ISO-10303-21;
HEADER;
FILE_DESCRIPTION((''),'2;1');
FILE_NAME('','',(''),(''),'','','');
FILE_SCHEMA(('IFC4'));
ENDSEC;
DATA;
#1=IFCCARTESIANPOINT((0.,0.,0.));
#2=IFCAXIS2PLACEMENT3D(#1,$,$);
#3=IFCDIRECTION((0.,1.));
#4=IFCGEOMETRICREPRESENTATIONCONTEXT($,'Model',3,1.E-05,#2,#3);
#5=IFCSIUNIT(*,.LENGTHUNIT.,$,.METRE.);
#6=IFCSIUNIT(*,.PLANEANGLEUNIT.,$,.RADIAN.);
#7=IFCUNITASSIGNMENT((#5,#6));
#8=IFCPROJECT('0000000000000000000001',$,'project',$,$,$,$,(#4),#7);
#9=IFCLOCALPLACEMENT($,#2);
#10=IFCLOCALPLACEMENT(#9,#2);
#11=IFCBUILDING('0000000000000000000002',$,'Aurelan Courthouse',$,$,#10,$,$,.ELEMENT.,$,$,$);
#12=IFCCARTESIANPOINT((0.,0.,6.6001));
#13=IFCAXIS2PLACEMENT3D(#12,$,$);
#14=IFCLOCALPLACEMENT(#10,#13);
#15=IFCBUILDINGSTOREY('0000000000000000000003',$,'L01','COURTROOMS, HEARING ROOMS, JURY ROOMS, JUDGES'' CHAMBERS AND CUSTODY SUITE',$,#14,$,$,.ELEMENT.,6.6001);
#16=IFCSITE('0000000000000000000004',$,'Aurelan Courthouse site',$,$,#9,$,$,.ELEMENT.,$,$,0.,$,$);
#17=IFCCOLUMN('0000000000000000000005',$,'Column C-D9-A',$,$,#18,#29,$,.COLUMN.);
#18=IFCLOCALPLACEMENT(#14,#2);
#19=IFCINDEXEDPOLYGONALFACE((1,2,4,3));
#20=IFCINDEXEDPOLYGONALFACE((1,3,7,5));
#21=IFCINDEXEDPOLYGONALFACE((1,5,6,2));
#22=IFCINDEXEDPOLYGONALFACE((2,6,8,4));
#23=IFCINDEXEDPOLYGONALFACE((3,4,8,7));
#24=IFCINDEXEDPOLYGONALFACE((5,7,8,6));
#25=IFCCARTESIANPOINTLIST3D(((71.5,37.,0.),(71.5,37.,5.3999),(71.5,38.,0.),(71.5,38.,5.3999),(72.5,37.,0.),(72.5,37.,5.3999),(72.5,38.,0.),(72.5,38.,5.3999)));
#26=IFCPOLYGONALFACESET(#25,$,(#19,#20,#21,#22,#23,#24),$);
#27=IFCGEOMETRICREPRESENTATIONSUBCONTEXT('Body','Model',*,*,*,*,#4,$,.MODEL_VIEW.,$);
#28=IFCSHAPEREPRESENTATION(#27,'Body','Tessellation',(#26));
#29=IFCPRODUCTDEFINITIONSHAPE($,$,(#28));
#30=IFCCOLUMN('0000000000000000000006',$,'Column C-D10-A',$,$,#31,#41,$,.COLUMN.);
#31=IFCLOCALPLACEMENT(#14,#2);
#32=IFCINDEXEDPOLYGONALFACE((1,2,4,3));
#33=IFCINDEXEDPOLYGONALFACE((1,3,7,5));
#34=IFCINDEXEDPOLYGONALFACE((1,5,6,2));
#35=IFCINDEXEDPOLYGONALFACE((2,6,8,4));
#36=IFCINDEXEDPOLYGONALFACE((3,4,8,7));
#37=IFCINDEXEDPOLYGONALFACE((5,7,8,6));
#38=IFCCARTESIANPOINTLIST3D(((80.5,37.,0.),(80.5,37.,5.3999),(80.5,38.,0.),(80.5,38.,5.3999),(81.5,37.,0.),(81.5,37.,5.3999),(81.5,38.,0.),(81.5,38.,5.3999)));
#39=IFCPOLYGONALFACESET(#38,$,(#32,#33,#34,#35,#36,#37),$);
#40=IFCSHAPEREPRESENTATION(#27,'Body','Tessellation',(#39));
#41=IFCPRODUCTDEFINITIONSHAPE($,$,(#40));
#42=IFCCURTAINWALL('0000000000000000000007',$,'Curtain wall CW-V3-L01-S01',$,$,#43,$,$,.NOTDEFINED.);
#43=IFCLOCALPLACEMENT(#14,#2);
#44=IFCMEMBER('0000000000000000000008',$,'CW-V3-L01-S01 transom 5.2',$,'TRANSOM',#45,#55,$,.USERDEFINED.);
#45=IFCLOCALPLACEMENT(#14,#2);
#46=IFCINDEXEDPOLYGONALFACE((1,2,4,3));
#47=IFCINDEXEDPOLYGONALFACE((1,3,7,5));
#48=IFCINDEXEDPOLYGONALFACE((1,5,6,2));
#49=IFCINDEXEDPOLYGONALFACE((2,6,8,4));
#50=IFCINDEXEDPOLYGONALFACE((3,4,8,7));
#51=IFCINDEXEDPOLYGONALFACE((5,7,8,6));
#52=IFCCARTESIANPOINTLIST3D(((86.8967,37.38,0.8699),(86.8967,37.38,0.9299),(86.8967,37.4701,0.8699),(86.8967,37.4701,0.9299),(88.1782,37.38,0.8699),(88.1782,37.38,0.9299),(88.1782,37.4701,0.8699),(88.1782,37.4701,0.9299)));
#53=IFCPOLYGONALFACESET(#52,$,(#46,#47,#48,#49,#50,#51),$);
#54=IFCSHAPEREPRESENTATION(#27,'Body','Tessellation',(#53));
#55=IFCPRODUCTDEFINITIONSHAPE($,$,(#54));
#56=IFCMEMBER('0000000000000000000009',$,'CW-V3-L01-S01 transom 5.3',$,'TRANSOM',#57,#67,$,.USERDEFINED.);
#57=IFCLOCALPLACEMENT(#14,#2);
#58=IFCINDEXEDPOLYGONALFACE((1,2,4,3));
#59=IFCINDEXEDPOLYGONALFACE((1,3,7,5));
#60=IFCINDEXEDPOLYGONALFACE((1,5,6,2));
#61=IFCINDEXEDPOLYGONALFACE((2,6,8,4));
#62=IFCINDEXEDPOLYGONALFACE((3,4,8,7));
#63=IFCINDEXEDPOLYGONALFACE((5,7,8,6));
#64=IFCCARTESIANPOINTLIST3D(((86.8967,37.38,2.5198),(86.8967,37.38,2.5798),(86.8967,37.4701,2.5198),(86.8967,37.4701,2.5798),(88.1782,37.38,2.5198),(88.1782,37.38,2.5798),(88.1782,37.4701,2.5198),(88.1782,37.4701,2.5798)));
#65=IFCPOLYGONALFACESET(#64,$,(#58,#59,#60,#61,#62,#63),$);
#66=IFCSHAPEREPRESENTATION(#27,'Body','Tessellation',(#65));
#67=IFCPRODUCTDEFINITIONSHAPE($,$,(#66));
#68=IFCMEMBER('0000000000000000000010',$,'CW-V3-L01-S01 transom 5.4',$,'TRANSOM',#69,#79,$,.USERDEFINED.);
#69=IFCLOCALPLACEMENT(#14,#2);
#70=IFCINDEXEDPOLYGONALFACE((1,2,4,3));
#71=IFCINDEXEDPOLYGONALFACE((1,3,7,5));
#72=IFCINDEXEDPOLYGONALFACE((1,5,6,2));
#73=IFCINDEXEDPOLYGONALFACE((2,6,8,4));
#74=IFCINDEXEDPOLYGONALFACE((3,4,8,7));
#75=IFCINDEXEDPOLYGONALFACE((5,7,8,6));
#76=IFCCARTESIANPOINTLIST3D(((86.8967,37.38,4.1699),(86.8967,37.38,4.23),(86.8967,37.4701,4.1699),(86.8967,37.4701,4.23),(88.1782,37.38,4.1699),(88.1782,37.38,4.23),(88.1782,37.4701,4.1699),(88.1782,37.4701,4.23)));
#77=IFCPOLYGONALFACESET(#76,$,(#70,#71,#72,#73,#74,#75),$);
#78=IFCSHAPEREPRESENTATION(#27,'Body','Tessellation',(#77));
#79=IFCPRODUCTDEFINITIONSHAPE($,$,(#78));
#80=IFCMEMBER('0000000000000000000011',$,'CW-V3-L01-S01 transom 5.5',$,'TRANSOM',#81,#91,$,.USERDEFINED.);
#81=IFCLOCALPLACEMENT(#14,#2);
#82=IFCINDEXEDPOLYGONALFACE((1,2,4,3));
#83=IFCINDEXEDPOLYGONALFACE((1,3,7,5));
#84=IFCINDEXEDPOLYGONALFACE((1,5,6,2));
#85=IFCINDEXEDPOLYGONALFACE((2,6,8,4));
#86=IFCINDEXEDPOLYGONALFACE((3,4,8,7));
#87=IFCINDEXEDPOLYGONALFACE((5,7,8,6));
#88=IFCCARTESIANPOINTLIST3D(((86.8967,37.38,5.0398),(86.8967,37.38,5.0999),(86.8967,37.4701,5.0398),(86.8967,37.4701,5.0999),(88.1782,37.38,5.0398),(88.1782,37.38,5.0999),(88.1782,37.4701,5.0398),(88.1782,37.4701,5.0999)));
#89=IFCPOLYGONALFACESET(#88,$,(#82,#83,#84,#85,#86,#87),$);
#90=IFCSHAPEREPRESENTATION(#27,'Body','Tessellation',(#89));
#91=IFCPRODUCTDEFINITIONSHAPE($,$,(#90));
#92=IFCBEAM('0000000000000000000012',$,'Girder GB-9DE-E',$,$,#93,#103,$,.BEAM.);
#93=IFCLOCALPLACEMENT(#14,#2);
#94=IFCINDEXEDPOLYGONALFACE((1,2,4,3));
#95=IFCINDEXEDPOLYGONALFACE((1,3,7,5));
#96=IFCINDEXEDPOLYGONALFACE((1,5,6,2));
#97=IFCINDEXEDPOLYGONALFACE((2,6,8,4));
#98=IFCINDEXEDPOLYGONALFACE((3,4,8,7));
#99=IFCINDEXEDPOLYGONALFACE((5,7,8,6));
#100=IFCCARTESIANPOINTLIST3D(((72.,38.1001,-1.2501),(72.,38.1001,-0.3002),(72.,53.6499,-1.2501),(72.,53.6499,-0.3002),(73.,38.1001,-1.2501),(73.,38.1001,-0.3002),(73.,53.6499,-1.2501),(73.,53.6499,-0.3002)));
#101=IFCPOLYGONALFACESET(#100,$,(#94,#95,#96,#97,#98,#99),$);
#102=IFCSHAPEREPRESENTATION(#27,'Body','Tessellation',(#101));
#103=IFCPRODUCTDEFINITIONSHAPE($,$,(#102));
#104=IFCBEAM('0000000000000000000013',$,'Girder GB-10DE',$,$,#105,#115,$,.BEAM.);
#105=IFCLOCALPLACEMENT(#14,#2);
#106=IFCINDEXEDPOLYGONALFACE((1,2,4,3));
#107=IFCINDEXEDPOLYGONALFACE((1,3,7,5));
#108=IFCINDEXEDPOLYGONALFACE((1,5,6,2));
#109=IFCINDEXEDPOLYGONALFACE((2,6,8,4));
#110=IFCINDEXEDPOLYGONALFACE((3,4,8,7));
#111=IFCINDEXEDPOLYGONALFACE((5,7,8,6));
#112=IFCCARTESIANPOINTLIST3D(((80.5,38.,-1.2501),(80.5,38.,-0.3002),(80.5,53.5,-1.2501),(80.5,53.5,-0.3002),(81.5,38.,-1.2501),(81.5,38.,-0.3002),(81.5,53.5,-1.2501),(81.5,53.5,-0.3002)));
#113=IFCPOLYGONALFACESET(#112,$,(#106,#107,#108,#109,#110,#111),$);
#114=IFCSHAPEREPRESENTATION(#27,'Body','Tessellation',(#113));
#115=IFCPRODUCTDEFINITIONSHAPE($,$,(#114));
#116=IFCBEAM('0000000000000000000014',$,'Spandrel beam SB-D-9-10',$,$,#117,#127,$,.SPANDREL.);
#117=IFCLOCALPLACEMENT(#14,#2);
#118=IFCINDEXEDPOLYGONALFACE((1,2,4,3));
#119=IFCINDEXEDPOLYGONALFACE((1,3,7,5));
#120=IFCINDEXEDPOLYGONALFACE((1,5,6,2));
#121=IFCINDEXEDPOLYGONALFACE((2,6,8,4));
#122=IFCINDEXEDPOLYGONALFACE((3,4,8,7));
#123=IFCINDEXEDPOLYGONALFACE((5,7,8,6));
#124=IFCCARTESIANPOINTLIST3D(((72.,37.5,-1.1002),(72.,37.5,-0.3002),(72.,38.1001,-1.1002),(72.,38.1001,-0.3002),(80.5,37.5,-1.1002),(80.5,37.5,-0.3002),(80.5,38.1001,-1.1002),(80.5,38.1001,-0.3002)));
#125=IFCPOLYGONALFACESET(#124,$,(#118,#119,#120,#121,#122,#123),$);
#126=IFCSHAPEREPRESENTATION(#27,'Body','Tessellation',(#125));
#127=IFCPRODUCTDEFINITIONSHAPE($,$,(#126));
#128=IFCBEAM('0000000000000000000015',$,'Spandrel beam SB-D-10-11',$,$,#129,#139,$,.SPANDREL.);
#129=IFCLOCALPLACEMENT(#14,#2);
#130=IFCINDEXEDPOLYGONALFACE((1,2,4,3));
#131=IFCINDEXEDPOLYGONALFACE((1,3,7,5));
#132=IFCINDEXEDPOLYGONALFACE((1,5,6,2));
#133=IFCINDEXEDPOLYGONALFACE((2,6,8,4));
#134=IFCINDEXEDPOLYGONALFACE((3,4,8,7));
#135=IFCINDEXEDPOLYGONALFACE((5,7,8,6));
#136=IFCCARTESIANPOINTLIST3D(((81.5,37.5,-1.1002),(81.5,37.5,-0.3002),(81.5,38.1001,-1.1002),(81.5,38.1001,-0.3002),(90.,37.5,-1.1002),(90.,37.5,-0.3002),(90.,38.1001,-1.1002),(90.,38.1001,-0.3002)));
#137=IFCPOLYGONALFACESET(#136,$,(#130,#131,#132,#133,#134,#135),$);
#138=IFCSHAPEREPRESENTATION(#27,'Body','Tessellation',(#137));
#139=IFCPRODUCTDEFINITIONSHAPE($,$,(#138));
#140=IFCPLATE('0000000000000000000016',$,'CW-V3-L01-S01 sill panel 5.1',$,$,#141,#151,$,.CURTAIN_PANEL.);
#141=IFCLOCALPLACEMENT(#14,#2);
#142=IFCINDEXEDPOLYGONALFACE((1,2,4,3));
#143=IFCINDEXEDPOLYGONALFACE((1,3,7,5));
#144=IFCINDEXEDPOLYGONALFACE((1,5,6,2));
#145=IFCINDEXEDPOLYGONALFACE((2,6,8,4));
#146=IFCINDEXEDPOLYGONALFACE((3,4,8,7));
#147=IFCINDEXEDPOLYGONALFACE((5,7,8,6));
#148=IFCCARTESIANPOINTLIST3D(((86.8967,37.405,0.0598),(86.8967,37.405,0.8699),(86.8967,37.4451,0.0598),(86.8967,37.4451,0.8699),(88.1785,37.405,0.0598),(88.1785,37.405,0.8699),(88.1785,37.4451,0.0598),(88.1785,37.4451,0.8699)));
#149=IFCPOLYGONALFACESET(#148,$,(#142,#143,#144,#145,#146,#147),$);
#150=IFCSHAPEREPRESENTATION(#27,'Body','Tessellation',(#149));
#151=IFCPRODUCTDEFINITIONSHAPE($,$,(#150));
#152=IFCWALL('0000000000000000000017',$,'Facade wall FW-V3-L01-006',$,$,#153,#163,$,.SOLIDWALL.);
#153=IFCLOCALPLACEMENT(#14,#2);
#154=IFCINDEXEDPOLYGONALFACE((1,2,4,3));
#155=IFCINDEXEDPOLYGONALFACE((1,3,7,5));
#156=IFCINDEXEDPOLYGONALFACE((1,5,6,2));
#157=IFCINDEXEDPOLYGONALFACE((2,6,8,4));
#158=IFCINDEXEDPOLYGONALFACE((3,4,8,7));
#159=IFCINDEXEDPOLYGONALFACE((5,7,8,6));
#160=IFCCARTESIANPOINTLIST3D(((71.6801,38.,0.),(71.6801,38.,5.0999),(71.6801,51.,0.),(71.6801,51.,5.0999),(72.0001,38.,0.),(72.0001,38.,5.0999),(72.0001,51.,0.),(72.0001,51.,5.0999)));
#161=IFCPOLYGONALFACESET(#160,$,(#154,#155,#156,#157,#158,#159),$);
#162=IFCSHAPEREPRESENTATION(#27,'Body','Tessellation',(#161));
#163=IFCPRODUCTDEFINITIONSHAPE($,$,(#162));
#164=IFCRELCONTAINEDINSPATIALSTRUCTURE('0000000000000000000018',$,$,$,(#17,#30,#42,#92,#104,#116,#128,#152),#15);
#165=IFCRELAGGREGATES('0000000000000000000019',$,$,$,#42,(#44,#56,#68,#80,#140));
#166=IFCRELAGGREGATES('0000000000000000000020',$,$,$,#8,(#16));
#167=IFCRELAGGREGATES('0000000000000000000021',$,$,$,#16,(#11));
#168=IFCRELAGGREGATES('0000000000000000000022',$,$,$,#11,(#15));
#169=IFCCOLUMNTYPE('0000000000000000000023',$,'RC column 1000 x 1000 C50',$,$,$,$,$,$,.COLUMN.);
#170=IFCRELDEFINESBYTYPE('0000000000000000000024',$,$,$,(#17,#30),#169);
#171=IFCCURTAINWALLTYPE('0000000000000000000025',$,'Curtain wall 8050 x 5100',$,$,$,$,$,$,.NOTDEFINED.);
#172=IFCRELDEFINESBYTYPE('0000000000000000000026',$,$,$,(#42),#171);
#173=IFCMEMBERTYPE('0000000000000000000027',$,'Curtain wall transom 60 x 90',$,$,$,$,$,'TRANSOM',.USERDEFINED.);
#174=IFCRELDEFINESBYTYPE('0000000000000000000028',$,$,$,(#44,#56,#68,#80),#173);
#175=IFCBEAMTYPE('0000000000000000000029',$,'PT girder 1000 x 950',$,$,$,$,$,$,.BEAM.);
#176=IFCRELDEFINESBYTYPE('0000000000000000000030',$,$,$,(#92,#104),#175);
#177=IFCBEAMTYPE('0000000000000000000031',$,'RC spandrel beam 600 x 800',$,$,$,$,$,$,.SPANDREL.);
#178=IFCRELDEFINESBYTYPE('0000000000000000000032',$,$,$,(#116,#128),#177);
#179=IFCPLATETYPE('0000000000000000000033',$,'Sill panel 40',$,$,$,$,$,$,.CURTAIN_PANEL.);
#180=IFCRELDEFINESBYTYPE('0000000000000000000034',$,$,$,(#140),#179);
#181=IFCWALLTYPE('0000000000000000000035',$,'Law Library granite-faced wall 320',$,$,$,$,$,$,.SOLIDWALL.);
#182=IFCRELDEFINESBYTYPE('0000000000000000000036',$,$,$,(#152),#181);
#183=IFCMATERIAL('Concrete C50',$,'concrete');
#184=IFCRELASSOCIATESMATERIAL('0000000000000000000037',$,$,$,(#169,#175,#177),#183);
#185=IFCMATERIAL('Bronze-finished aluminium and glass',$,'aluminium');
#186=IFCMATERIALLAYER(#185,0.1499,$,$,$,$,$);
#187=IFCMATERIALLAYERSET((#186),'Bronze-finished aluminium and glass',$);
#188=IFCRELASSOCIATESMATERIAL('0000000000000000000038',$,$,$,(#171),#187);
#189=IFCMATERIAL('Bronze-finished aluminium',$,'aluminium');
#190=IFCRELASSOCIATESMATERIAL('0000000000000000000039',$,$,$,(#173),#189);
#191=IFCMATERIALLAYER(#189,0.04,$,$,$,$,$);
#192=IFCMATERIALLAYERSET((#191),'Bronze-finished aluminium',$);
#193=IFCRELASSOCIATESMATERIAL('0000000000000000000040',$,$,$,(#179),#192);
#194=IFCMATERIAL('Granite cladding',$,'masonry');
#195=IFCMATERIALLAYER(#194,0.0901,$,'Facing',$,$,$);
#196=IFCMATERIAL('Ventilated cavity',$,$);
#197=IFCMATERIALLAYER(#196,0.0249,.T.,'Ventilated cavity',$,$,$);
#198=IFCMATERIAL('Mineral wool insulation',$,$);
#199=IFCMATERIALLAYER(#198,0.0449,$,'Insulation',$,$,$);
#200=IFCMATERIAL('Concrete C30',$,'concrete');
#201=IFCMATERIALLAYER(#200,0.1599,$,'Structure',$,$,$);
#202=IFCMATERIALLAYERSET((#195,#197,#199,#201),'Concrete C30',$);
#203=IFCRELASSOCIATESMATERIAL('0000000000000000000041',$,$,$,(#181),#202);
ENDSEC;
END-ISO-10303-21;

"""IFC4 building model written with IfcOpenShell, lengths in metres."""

from ifc_helpers import new_model, si_unit, direction, frame, frame_2d, origin, origin_2d, place, context, subcontext, project, spatial, rectangle, extrude, material, layer, layer_set, material_profile, profile_set, type_object, element, aggregate, save


model = new_model("IFC4")

# Units and contexts
model_context = context("Model", 3, precision=1e-05, world=origin(), true_north=direction((0.0, 1.0)))
body_context = subcontext(model_context, "Body", "Model", "MODEL_VIEW")
ifc_project = project(units=[si_unit("LENGTHUNIT", "METRE"), si_unit("PLANEANGLEUNIT", "RADIAN")], contexts=[model_context])

# Site, building, storey
site_placement = place(None, origin())
site = spatial("IfcSite", under=ifc_project, at=site_placement, Name="Aurelan Courthouse site", CompositionType="ELEMENT", RefElevation=0.0)
building_placement = place(site_placement, origin())
building = spatial("IfcBuilding", under=site, at=building_placement, Name="Aurelan Courthouse", CompositionType="ELEMENT")
storey_placement = place(building_placement, frame((0.0, 0.0, 6.6001)))
storey = spatial("IfcBuildingStorey", under=building, at=storey_placement, Name="L01", Description="COURTROOMS, HEARING ROOMS, JURY ROOMS, JUDGES' CHAMBERS AND CUSTODY SUITE", CompositionType="ELEMENT", Elevation=6.6001)

# Columns
ifc_material_1 = material(Name="Concrete C50", Category="concrete")
ifc_material_profile_1 = material_profile(ifc_material_1, rectangle(XDim=1.0, YDim=1.0, at=origin_2d()), Name="RC 1000 x 1000")
ifc_profile_set_1 = profile_set([ifc_material_profile_1], Name="Concrete C50")
column_type = type_object("IfcColumnType", Name="RC column 1000 x 1000 C50", PredefinedType="COLUMN", material=ifc_profile_set_1)
for number, where, z_axis, x_axis, name in (
    (1, (72.0, 37.5, 0.0), (0.0, 0.0, 1.0), (1.0, 0.0, 0.0), "Column C-D9-A"),
    (2, (81.0, 37.5, 0.0), (0.0, 0.0, 1.0), (1.0, 0.0, 0.0), "Column C-D10-A"),
):
    element("IfcColumn", number, at=place(storey_placement, frame(where, z_axis=z_axis, x_axis=x_axis)), inside=storey, type_object=column_type, Name=name, PredefinedType="COLUMN", context=body_context, shape_type="SweptSolid", body=[
        extrude(rectangle(XDim=1.0, YDim=1.0, at=origin_2d()), origin(), (0.0, 0.0, 1.0), 5.3999),
    ])

# Curtain wall, members
ifc_material_2 = material(Name="Bronze-finished aluminium and glass", Category="aluminium")
ifc_layer_1 = layer(ifc_material_2, 0.1499)
ifc_layer_set_1 = layer_set([ifc_layer_1], Name="Bronze-finished aluminium and glass")
curtain_wall_type = type_object("IfcCurtainWallType", Name="Curtain wall 8050 x 5100", PredefinedType="NOTDEFINED", material=ifc_layer_set_1)
curtain_wall_placement = place(storey_placement, origin())
curtain_wall = element("IfcCurtainWall", 3, at=curtain_wall_placement, inside=storey, type_object=curtain_wall_type, Name="Curtain wall CW-V3-L01-S01", PredefinedType="NOTDEFINED")
ifc_material_3 = material(Name="Bronze-finished aluminium", Category="aluminium")
ifc_material_profile_2 = material_profile(ifc_material_3, rectangle(XDim=0.0901, YDim=0.0601, at=origin_2d()), Name="Bronze transom 60 x 90")
ifc_profile_set_2 = profile_set([ifc_material_profile_2], Name="Bronze-finished aluminium")
member_type = type_object("IfcMemberType", Name="Curtain wall transom 60 x 90", ElementType="TRANSOM", PredefinedType="USERDEFINED", material=ifc_profile_set_2)
member_1_placement = place(storey_placement, frame((86.8967, 37.425, 0.8999), z_axis=(1.0, 0.0, 0.0), x_axis=(0.0, 1.0, 0.0)))
member_1 = element("IfcMember", 4, at=member_1_placement, type_object=member_type, Name="CW-V3-L01-S01 transom 5.2", ObjectType="TRANSOM", PredefinedType="USERDEFINED", context=body_context, shape_type="SweptSolid", body=[
    extrude(rectangle(XDim=0.0901, YDim=0.0601, at=origin_2d()), origin(), (0.0, 0.0, 1.0), 1.2815),
])
member_2_placement = place(storey_placement, frame((86.8967, 37.425, 2.5498), z_axis=(1.0, 0.0, 0.0), x_axis=(0.0, 1.0, 0.0)))
member_2 = element("IfcMember", 5, at=member_2_placement, type_object=member_type, Name="CW-V3-L01-S01 transom 5.3", ObjectType="TRANSOM", PredefinedType="USERDEFINED", context=body_context, shape_type="SweptSolid", body=[
    extrude(rectangle(XDim=0.0901, YDim=0.0601, at=origin_2d()), origin(), (0.0, 0.0, 1.0), 1.2815),
])
member_3_placement = place(storey_placement, frame((86.8967, 37.425, 4.2), z_axis=(1.0, 0.0, 0.0), x_axis=(0.0, 1.0, 0.0)))
member_3 = element("IfcMember", 6, at=member_3_placement, type_object=member_type, Name="CW-V3-L01-S01 transom 5.4", ObjectType="TRANSOM", PredefinedType="USERDEFINED", context=body_context, shape_type="SweptSolid", body=[
    extrude(rectangle(XDim=0.0901, YDim=0.0601, at=origin_2d()), origin(), (0.0, 0.0, 1.0), 1.2815),
])
member_4_placement = place(storey_placement, frame((86.8967, 37.425, 5.0698), z_axis=(1.0, 0.0, 0.0), x_axis=(0.0, 1.0, 0.0)))
member_4 = element("IfcMember", 7, at=member_4_placement, type_object=member_type, Name="CW-V3-L01-S01 transom 5.5", ObjectType="TRANSOM", PredefinedType="USERDEFINED", context=body_context, shape_type="SweptSolid", body=[
    extrude(rectangle(XDim=0.0901, YDim=0.0601, at=origin_2d()), origin(), (0.0, 0.0, 1.0), 1.2815),
])

# Beams
ifc_material_profile_3 = material_profile(ifc_material_1, rectangle(XDim=1.0, YDim=0.95, at=origin_2d()), Name="RC 1000 x 950")
ifc_profile_set_3 = profile_set([ifc_material_profile_3], Name="Concrete C50")
beam_type_1 = type_object("IfcBeamType", Name="PT girder 1000 x 950", PredefinedType="BEAM", material=ifc_profile_set_3)
beam_1_placement = place(storey_placement, frame((72.5, 38.1001, -0.7751), z_axis=(0.0, 1.0, 0.0), x_axis=(-1.0, 0.0, 0.0)))
element("IfcBeam", 8, at=beam_1_placement, inside=storey, type_object=beam_type_1, Name="Girder GB-9DE-E", PredefinedType="BEAM", context=body_context, shape_type="SweptSolid", body=[
    extrude(rectangle(XDim=1.0, YDim=0.95, at=origin_2d()), origin(), (0.0, 0.0, 1.0), 15.5498),
])
beam_2_placement = place(storey_placement, frame((81.0, 38.0, -0.7751), z_axis=(0.0, 1.0, 0.0), x_axis=(-1.0, 0.0, 0.0)))
element("IfcBeam", 9, at=beam_2_placement, inside=storey, type_object=beam_type_1, Name="Girder GB-10DE", PredefinedType="BEAM", context=body_context, shape_type="SweptSolid", body=[
    extrude(rectangle(XDim=1.0, YDim=0.95, at=origin_2d()), origin(), (0.0, 0.0, 1.0), 15.5),
])
ifc_material_profile_4 = material_profile(ifc_material_1, rectangle(XDim=0.6001, YDim=0.8, at=origin_2d()), Name="RC 600 x 800")
ifc_profile_set_4 = profile_set([ifc_material_profile_4], Name="Concrete C50")
beam_type_2 = type_object("IfcBeamType", Name="RC spandrel beam 600 x 800", PredefinedType="SPANDREL", material=ifc_profile_set_4)
for number, where, z_axis, x_axis, name in (
    (10, (72.0, 37.8, -0.7002), (1.0, 0.0, 0.0), (0.0, 1.0, 0.0), "Spandrel beam SB-D-9-10"),
    (11, (81.5, 37.8, -0.7002), (1.0, 0.0, 0.0), (0.0, 1.0, 0.0), "Spandrel beam SB-D-10-11"),
):
    element("IfcBeam", number, at=place(storey_placement, frame(where, z_axis=z_axis, x_axis=x_axis)), inside=storey, type_object=beam_type_2, Name=name, PredefinedType="SPANDREL", context=body_context, shape_type="SweptSolid", body=[
        extrude(rectangle(XDim=0.6001, YDim=0.8, at=origin_2d()), origin(), (0.0, 0.0, 1.0), 8.5),
    ])

# Plate
ifc_layer_2 = layer(ifc_material_3, 0.04)
ifc_layer_set_2 = layer_set([ifc_layer_2], Name="Bronze-finished aluminium")
plate_type = type_object("IfcPlateType", Name="Sill panel 40", PredefinedType="CURTAIN_PANEL", material=ifc_layer_set_2)
plate_placement = place(storey_placement, frame((87.5376, 37.425, 0.0598), z_axis=(0.0, 0.0, 1.0), x_axis=(1.0, 0.0, 0.0)))
plate = element("IfcPlate", 12, at=plate_placement, type_object=plate_type, Name="CW-V3-L01-S01 sill panel 5.1", PredefinedType="CURTAIN_PANEL", context=body_context, shape_type="SweptSolid", body=[
    extrude(rectangle(XDim=1.2817, YDim=0.04, at=origin_2d()), origin(), (0.0, 0.0, 1.0), 0.8101),
])
aggregate(curtain_wall, [member_1, member_2, member_3, member_4, plate])

# Wall
ifc_material_4 = material(Name="Granite cladding", Category="masonry")
ifc_layer_3 = layer(ifc_material_4, 0.0901, Name="Facing")
ifc_material_5 = material(Name="Ventilated cavity")
ifc_layer_4 = layer(ifc_material_5, 0.0249, ventilated=True, Name="Ventilated cavity")
ifc_material_6 = material(Name="Mineral wool insulation")
ifc_layer_5 = layer(ifc_material_6, 0.0449, Name="Insulation")
ifc_material_7 = material(Name="Concrete C30", Category="concrete")
ifc_layer_6 = layer(ifc_material_7, 0.1599, Name="Structure")
ifc_layer_set_3 = layer_set([ifc_layer_3, ifc_layer_4, ifc_layer_5, ifc_layer_6], Name="Concrete C30")
wall_type_1 = type_object("IfcWallType", Name="Law Library granite-faced wall 320", PredefinedType="SOLIDWALL", material=ifc_layer_set_3)
wall_1_placement = place(storey_placement, frame((71.8401, 38.0, 0.0), z_axis=(0.0, 0.0, 1.0), x_axis=(0.0, 1.0, 0.0)))
element("IfcWall", 13, at=wall_1_placement, inside=storey, type_object=wall_type_1, Name="Facade wall FW-V3-L01-006", PredefinedType="SOLIDWALL", context=body_context, shape_type="SweptSolid", body=[
    extrude(rectangle(XDim=13.0, YDim=0.3201, at=frame_2d((6.5, 0.0))), origin(), (0.0, 0.0, 1.0), 5.0999),
])

save(model, "model.ifc")
